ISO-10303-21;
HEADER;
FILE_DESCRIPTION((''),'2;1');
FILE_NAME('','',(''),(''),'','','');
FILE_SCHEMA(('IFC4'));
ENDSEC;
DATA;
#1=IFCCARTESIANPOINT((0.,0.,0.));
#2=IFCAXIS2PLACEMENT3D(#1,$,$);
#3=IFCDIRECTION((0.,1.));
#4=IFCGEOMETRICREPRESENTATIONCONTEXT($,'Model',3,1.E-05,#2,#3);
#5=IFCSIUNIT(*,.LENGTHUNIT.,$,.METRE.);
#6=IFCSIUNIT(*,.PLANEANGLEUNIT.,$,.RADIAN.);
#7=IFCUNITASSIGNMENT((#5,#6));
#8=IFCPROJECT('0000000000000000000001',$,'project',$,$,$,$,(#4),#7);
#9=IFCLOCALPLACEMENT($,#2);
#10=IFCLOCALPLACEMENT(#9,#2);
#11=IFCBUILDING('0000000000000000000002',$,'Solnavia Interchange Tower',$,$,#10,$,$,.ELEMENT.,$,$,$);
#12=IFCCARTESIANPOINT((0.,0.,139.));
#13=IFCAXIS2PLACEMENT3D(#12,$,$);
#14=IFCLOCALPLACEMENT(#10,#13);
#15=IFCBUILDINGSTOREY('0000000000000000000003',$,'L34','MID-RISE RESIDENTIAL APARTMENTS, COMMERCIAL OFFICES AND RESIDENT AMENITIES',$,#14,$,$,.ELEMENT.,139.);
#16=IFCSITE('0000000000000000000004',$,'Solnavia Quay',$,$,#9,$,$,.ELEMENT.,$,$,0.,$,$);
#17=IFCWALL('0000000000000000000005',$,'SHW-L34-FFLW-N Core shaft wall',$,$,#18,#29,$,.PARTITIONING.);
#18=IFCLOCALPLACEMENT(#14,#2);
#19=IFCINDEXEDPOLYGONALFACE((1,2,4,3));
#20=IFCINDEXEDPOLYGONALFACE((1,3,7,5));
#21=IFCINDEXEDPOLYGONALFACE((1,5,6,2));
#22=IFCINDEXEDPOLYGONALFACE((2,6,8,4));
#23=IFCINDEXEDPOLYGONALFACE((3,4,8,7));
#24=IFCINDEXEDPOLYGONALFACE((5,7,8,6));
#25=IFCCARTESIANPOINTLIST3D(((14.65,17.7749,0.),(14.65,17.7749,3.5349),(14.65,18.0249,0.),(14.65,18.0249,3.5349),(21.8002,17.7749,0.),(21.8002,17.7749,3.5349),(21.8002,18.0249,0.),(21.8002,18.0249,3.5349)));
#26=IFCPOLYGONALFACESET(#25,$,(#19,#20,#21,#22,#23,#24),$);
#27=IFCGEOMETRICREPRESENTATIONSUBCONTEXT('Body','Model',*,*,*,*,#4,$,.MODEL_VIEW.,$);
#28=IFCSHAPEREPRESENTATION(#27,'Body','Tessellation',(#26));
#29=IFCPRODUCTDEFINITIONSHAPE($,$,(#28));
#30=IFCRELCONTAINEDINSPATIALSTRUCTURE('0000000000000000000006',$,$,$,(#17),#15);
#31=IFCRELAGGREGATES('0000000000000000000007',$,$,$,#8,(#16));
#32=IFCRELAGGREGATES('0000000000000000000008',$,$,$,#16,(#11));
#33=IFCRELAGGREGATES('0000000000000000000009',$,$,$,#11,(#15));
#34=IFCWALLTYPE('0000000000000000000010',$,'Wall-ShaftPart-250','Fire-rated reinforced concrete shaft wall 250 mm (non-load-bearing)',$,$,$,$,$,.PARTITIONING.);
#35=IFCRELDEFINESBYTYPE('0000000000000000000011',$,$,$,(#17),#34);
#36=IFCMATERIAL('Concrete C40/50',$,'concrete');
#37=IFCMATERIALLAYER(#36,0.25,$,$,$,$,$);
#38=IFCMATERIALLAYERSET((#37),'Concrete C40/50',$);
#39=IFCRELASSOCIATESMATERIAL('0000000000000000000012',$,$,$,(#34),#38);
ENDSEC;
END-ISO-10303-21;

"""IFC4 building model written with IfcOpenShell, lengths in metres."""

from ifc_helpers import new_model, si_unit, direction, frame, frame_2d, origin, place, context, subcontext, project, spatial, rectangle, extrude, material, layer, layer_set, type_object, element, save


model = new_model("IFC4")

# Units and contexts
model_context = context("Model", 3, precision=1e-05, world=origin(), true_north=direction((0.0, 1.0)))
body_context = subcontext(model_context, "Body", "Model", "MODEL_VIEW")
ifc_project = project(units=[si_unit("LENGTHUNIT", "METRE"), si_unit("PLANEANGLEUNIT", "RADIAN")], contexts=[model_context])

# Site, building, storey
site_placement = place(None, origin())
site = spatial("IfcSite", under=ifc_project, at=site_placement, Name="Solnavia Quay", CompositionType="ELEMENT", RefElevation=0.0)
building_placement = place(site_placement, origin())
building = spatial("IfcBuilding", under=site, at=building_placement, Name="Solnavia Interchange Tower", CompositionType="ELEMENT")
storey_placement = place(building_placement, frame((0.0, 0.0, 139.0)))
storey = spatial("IfcBuildingStorey", under=building, at=storey_placement, Name="L34", Description="MID-RISE RESIDENTIAL APARTMENTS, COMMERCIAL OFFICES AND RESIDENT AMENITIES", CompositionType="ELEMENT", Elevation=139.0)

# Shared definitions
ifc_material_1 = material(Name="Concrete C40/50", Category="concrete")

# Wall
ifc_layer_1 = layer(ifc_material_1, 0.25)
ifc_layer_set_1 = layer_set([ifc_layer_1], Name="Concrete C40/50")
wall_type_1 = type_object("IfcWallType", Name="Wall-ShaftPart-250", Description="Fire-rated reinforced concrete shaft wall 250 mm (non-load-bearing)", PredefinedType="PARTITIONING", material=ifc_layer_set_1)
wall_1_placement = place(storey_placement, frame((14.6499, 17.8999, 0.0), z_axis=(0.0, 0.0, 1.0), x_axis=(1.0, 0.0, 0.0)))
element("IfcWall", 1, at=wall_1_placement, inside=storey, type_object=wall_type_1, Name="SHW-L34-FFLW-N Core shaft wall", PredefinedType="PARTITIONING", context=body_context, shape_type="SweptSolid", body=[
    extrude(rectangle(XDim=7.1501, YDim=0.25, at=frame_2d((3.5752, 0.0))), origin(), (0.0, 0.0, 1.0), 3.5349),
])

save(model, "model.ifc")
